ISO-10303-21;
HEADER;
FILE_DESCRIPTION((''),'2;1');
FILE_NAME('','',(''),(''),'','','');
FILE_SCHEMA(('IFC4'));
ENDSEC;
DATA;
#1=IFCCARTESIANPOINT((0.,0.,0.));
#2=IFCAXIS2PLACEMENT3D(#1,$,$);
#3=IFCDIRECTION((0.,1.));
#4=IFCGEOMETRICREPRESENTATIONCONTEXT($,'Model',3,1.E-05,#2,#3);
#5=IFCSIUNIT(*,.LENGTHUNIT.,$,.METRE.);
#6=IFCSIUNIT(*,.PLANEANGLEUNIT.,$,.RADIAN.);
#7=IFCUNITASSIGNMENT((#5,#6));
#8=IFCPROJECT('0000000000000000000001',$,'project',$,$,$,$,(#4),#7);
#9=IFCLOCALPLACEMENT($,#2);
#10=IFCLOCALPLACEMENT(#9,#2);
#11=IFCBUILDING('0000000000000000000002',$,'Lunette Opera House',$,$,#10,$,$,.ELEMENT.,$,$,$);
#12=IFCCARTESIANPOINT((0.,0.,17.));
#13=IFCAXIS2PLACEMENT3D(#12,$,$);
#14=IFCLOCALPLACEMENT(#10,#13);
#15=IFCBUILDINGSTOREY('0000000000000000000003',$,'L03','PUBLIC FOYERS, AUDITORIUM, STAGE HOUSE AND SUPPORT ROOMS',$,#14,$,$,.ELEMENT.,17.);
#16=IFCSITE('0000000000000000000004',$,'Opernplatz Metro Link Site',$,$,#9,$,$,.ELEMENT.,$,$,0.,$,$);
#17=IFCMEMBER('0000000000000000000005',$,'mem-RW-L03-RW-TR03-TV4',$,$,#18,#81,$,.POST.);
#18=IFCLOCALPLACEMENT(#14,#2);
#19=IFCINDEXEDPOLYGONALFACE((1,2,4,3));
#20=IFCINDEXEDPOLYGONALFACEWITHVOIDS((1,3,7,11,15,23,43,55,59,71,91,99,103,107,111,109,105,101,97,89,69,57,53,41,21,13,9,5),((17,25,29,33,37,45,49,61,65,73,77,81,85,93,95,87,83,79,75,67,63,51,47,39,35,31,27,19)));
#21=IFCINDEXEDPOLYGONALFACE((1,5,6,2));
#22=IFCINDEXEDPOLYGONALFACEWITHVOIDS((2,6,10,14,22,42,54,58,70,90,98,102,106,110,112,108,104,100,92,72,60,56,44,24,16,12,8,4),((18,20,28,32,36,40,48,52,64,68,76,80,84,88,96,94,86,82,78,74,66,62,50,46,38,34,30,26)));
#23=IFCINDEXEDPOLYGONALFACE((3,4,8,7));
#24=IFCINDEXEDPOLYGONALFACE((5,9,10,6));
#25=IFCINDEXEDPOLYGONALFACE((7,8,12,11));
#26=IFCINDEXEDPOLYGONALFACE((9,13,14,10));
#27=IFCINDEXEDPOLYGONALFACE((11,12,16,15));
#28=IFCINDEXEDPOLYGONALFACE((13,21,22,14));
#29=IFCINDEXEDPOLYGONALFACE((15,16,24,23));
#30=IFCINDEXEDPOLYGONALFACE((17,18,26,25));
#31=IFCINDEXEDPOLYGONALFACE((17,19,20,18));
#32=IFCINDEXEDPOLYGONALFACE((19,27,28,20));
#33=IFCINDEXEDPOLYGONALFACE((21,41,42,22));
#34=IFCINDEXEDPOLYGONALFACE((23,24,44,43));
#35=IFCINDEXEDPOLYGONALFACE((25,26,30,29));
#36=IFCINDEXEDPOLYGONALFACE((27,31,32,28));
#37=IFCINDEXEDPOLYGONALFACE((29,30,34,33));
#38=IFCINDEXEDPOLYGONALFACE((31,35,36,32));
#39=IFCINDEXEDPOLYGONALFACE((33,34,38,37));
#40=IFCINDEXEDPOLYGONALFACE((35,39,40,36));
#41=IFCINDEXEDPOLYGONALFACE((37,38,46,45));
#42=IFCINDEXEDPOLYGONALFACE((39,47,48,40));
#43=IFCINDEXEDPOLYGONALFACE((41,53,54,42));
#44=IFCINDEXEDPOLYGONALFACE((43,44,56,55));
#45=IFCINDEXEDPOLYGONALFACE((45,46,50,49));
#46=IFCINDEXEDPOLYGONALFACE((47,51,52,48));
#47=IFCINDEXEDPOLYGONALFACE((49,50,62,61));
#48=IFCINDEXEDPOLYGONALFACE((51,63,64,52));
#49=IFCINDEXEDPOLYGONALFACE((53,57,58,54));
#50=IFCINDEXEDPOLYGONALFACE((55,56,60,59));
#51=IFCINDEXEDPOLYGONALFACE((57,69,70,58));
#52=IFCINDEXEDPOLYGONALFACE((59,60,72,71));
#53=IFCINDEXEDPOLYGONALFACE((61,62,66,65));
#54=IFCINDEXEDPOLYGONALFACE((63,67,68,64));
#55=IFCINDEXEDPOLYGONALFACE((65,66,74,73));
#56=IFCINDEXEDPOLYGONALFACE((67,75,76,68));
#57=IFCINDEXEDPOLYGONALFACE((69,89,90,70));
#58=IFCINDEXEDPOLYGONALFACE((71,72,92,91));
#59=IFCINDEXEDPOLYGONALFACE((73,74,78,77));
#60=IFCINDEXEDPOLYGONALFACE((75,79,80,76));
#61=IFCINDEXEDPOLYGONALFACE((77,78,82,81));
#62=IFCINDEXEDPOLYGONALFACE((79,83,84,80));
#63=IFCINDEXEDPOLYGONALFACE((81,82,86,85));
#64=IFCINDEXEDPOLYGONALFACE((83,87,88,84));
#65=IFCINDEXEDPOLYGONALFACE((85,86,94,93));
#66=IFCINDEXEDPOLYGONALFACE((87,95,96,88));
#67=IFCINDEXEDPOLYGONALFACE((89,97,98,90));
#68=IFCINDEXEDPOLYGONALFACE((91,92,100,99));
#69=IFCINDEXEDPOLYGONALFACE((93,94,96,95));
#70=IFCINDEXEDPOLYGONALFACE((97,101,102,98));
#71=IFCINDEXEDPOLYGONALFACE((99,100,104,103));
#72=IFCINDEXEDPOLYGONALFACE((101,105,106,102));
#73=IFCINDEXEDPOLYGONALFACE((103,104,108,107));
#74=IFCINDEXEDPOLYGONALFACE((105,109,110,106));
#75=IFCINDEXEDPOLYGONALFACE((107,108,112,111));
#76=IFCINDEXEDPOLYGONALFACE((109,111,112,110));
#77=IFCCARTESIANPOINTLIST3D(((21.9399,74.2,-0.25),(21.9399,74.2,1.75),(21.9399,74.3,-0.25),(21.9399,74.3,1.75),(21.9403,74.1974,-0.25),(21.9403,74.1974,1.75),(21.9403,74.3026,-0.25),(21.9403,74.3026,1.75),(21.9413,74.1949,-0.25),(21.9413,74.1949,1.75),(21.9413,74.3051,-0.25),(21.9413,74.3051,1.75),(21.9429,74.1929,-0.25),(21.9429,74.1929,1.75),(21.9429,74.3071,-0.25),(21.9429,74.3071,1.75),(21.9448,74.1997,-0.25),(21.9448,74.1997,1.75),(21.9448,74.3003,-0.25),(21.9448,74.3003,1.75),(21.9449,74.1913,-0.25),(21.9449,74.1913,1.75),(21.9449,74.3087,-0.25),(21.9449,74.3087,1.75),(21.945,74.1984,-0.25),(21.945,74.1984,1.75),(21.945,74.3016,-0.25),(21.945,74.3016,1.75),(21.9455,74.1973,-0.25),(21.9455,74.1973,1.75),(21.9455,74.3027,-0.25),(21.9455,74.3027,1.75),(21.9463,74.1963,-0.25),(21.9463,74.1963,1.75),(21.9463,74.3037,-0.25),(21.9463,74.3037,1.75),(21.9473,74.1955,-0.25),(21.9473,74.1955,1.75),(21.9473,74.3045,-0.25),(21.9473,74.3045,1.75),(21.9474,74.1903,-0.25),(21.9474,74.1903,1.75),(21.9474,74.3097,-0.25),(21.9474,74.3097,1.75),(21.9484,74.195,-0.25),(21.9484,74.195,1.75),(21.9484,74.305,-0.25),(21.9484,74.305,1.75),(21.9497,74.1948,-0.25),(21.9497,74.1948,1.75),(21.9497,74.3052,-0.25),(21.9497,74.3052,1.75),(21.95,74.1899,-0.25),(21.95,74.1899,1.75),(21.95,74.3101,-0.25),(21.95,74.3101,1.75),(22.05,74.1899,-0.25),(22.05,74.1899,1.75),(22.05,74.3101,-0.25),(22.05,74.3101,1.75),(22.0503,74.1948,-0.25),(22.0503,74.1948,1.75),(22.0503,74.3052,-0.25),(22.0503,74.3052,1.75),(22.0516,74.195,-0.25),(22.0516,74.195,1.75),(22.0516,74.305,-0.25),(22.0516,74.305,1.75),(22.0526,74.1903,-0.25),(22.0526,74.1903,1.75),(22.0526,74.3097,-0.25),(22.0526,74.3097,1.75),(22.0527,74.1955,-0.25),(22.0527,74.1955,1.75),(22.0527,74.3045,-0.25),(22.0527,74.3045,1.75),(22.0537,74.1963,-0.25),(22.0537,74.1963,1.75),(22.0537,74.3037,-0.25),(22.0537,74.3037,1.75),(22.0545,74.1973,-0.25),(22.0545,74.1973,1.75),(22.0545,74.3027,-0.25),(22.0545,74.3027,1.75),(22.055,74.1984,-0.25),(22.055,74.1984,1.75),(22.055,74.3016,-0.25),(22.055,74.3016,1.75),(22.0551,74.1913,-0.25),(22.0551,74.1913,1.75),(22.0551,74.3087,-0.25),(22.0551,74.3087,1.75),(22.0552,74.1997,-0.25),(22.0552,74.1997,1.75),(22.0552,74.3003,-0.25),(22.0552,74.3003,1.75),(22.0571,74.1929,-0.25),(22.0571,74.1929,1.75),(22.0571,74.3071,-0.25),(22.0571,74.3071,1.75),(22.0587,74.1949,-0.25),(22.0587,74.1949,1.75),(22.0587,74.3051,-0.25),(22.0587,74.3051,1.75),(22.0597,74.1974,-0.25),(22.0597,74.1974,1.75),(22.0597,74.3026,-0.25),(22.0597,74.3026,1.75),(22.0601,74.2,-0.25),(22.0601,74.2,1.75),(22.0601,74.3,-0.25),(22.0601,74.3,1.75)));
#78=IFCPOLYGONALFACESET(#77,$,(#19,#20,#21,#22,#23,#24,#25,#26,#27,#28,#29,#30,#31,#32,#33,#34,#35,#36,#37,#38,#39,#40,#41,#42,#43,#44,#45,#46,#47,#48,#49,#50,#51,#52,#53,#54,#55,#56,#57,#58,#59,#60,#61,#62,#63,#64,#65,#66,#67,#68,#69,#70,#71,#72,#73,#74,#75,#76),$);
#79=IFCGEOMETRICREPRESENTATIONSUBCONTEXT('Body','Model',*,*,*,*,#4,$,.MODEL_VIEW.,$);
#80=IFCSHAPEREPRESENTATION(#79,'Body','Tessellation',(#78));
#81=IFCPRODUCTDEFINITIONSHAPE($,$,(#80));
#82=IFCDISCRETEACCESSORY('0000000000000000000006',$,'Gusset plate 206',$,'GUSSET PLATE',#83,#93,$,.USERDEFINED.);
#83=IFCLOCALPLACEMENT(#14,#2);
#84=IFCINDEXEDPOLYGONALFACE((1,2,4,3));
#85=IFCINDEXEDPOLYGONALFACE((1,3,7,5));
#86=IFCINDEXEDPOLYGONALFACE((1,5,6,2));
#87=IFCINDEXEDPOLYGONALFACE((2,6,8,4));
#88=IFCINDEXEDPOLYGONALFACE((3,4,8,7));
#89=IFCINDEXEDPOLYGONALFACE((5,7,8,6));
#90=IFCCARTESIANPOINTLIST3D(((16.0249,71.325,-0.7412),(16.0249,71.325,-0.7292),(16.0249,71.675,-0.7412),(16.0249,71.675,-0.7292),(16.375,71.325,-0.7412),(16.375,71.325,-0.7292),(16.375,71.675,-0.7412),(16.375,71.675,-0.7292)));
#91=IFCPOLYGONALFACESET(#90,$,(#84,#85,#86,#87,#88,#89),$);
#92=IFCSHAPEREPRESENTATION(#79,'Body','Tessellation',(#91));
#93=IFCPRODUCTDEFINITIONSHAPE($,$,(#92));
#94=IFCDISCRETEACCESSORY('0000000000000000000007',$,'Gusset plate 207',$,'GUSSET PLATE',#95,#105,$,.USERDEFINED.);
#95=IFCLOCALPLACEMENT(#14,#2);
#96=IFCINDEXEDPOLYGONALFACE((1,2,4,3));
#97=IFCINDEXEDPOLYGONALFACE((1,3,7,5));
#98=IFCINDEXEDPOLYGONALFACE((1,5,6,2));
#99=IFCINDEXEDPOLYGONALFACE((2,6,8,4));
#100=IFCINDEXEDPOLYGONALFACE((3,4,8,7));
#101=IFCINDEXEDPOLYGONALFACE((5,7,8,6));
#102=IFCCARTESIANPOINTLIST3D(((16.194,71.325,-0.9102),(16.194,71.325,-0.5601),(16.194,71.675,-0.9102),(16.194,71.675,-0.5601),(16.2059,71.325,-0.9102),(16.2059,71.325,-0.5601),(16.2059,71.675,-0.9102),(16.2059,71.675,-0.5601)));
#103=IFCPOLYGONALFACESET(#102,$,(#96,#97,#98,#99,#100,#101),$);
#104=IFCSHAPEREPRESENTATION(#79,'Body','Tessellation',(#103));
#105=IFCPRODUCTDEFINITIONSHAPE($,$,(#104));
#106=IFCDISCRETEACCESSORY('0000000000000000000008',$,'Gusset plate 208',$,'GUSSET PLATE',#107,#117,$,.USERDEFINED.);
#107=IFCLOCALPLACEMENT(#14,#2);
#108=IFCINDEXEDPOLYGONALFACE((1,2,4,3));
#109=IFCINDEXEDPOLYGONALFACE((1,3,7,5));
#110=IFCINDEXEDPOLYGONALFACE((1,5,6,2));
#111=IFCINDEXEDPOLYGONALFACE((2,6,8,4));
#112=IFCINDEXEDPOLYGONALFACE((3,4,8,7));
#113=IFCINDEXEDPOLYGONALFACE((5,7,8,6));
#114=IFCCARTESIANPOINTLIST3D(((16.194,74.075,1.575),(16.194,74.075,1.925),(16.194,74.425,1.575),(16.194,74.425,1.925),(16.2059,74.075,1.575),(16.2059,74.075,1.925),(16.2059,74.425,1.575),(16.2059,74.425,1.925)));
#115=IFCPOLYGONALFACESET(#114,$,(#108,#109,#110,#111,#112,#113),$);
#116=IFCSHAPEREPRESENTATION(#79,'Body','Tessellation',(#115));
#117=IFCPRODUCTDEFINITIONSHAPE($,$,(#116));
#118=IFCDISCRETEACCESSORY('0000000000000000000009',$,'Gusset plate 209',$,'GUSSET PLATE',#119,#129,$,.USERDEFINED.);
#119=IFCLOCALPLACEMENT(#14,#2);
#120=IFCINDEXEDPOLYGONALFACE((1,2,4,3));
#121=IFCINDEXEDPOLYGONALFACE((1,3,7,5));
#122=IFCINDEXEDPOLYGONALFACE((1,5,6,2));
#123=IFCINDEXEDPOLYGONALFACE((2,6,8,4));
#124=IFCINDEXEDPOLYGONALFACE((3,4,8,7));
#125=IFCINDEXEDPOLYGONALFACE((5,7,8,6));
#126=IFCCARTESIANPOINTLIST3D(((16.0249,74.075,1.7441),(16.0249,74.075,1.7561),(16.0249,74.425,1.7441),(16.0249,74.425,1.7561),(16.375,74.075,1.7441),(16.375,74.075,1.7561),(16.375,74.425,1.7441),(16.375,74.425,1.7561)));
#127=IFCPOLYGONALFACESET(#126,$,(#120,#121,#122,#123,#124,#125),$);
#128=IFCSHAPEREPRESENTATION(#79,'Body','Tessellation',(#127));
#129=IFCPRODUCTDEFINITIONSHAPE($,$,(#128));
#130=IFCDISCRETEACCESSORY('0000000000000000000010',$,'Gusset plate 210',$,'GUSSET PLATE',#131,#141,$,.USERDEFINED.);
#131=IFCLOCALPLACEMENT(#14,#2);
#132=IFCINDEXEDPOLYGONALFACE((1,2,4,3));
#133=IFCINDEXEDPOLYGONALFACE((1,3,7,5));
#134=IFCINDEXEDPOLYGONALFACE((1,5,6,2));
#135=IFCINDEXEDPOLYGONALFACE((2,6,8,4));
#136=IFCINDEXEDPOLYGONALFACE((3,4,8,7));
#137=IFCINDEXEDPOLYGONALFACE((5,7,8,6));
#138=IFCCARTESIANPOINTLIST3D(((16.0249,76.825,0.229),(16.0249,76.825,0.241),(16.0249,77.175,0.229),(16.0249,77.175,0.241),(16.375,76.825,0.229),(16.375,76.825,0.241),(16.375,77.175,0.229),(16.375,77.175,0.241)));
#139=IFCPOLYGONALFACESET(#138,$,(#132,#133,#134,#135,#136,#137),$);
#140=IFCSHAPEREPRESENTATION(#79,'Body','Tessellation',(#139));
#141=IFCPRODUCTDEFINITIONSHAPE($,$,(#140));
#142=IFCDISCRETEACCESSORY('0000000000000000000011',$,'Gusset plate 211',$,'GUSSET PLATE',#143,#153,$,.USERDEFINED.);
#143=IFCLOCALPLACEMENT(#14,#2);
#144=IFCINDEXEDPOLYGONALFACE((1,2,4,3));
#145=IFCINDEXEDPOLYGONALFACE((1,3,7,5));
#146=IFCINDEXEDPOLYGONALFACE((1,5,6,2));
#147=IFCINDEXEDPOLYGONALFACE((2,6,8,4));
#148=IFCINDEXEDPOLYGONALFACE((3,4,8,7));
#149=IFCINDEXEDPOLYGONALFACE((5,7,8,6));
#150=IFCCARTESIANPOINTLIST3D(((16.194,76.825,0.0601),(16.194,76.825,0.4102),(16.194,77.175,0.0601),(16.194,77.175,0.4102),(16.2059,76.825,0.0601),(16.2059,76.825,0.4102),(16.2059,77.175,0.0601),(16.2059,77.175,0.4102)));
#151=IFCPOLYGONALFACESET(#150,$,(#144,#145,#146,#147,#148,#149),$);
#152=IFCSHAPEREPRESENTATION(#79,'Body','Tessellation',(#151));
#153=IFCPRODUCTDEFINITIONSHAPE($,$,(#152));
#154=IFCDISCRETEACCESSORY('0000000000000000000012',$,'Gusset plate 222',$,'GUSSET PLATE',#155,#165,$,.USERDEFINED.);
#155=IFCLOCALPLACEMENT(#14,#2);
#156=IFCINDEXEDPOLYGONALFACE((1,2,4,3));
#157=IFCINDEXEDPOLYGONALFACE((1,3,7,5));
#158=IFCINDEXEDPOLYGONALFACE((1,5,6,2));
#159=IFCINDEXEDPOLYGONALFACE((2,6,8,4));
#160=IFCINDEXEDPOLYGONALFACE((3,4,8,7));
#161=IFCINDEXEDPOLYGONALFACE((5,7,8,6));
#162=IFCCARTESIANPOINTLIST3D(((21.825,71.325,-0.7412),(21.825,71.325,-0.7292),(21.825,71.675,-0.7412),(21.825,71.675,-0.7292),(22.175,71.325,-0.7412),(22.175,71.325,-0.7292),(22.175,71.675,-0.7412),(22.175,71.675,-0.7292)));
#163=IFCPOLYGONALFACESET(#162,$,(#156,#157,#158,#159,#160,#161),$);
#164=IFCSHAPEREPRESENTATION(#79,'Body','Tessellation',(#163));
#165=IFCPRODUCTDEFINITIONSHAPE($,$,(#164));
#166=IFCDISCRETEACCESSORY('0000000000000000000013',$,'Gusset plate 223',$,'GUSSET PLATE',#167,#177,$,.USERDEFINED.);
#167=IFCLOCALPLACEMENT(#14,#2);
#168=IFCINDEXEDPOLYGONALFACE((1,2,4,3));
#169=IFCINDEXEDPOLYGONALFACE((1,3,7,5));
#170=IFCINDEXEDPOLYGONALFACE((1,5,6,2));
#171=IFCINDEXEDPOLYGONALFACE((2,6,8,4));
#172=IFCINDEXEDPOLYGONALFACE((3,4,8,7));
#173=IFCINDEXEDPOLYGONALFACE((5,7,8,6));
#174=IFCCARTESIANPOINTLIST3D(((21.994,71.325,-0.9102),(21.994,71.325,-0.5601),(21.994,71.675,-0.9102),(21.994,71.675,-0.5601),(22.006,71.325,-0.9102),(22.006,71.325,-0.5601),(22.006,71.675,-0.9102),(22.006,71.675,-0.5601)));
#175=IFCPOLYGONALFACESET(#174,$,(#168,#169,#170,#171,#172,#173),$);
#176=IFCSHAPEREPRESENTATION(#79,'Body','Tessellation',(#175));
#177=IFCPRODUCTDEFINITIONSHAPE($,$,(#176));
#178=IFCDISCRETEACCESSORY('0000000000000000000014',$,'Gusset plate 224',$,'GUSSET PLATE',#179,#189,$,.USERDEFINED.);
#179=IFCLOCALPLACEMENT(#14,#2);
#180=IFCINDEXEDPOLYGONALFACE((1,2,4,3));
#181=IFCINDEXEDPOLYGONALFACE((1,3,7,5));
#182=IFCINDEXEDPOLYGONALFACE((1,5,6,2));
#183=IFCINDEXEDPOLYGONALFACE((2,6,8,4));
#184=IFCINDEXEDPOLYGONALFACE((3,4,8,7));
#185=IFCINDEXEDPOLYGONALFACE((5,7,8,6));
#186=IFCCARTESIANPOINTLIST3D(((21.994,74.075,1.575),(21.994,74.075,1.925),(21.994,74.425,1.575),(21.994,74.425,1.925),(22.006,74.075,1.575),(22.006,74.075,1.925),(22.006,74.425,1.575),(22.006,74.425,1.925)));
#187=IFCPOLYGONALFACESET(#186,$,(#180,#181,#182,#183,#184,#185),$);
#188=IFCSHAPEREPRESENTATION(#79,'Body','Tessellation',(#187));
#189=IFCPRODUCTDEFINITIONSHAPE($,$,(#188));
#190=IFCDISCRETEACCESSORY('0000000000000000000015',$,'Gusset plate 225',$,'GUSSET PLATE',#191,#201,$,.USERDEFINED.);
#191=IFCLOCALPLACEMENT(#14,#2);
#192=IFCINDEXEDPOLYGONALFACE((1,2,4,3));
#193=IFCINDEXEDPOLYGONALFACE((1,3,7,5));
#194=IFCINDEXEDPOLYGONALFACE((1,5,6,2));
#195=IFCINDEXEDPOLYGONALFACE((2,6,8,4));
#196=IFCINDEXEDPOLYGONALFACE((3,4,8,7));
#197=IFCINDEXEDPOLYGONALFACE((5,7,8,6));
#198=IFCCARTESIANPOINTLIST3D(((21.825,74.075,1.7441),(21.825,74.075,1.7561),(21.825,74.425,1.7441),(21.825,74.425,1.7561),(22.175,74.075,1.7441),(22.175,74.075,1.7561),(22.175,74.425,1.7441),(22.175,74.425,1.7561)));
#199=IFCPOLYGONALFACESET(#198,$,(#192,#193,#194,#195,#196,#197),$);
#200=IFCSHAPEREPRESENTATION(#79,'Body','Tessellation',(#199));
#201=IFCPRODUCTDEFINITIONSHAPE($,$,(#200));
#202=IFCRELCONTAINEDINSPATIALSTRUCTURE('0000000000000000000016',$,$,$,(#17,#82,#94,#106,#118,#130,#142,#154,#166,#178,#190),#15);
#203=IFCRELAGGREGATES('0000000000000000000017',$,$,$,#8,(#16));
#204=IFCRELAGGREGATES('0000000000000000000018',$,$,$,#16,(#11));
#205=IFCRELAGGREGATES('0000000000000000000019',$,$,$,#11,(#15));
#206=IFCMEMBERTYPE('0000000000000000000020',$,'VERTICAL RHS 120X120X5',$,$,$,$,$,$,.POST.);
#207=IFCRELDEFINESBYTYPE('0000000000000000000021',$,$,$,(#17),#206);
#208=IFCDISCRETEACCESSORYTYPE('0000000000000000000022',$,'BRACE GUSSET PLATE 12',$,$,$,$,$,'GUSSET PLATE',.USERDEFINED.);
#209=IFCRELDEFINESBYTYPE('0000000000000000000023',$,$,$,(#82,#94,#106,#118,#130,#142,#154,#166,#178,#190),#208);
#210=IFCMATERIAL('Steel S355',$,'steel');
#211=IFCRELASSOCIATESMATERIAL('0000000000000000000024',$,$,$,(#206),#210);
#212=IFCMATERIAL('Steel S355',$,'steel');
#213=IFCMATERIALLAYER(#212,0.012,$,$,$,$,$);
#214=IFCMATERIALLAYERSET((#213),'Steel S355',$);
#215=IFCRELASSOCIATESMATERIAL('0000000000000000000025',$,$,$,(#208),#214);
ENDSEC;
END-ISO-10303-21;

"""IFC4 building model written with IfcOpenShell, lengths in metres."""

from ifc_helpers import new_model, si_unit, direction, frame, origin, origin_2d, place, context, subcontext, project, spatial, rectangle, hollow_rectangle, extrude, material, layer, layer_set, material_profile, profile_set, type_object, element, save


model = new_model("IFC4")

# Units and contexts
model_context = context("Model", 3, precision=1e-05, world=origin(), true_north=direction((0.0, 1.0)))
body_context = subcontext(model_context, "Body", "Model", "MODEL_VIEW")
ifc_project = project(units=[si_unit("LENGTHUNIT", "METRE"), si_unit("PLANEANGLEUNIT", "RADIAN")], contexts=[model_context])

# Site, building, storey
site_placement = place(None, origin())
site = spatial("IfcSite", under=ifc_project, at=site_placement, Name="Opernplatz Metro Link Site", CompositionType="ELEMENT", RefElevation=0.0)
building_placement = place(site_placement, origin())
building = spatial("IfcBuilding", under=site, at=building_placement, Name="Lunette Opera House", CompositionType="ELEMENT")
storey_placement = place(building_placement, frame((0.0, 0.0, 17.0)))
storey = spatial("IfcBuildingStorey", under=building, at=storey_placement, Name="L03", Description="PUBLIC FOYERS, AUDITORIUM, STAGE HOUSE AND SUPPORT ROOMS", CompositionType="ELEMENT", Elevation=17.0)

# Member
ifc_material_1 = material(Name="Steel S355", Category="steel")
ifc_material_profile_1 = material_profile(ifc_material_1, hollow_rectangle(XDim=0.1201, YDim=0.1201, WallThickness=0.0049, InnerFilletRadius=0.0049, OuterFilletRadius=0.01, at=origin_2d()), Name="RHS 120X120X5")
ifc_profile_set_1 = profile_set([ifc_material_profile_1], Name="Steel S355")
member_type_1 = type_object("IfcMemberType", Name="VERTICAL RHS 120X120X5", PredefinedType="POST", material=ifc_profile_set_1)
for number, where, z_axis, x_axis, name in (
    (1, (22.0, 74.25, -0.25), (0.0, 0.0, 1.0), (1.0, 0.0, 0.0), "mem-RW-L03-RW-TR03-TV4"),
):
    element("IfcMember", number, at=place(storey_placement, frame(where, z_axis=z_axis, x_axis=x_axis)), inside=storey, type_object=member_type_1, Name=name, PredefinedType="POST", context=body_context, shape_type="SweptSolid", body=[
        extrude(hollow_rectangle(XDim=0.1201, YDim=0.1201, WallThickness=0.0049, InnerFilletRadius=0.0049, OuterFilletRadius=0.01, at=origin_2d()), origin(), (0.0, 0.0, 1.0), 2.0),
    ])

# Discrete accessories
ifc_material_2 = material(Name="Steel S355", Category="steel")
ifc_layer = layer(ifc_material_2, 0.012)
ifc_layer_set = layer_set([ifc_layer], Name="Steel S355")
discrete_accessory_type = type_object("IfcDiscreteAccessoryType", Name="BRACE GUSSET PLATE 12", ElementType="GUSSET PLATE", PredefinedType="USERDEFINED", material=ifc_layer_set)
discrete_accessory_1_placement = place(storey_placement, frame((16.2, 71.5, -0.7412), z_axis=(0.0, 0.0, 1.0), x_axis=(0.0, 1.0, 0.0)))
element("IfcDiscreteAccessory", 2, at=discrete_accessory_1_placement, inside=storey, type_object=discrete_accessory_type, Name="Gusset plate 206", ObjectType="GUSSET PLATE", PredefinedType="USERDEFINED", context=body_context, shape_type="SweptSolid", body=[
    extrude(rectangle(XDim=0.3501, YDim=0.3501, at=origin_2d()), origin(), (0.0, 0.0, 1.0), 0.012),
])
for number, where, z_axis, x_axis, name in (
    (3, (16.2, 71.5, -0.9102), (0.0, 0.0, 1.0), (0.0, 1.0, 0.0), "Gusset plate 207"),
    (4, (16.2, 74.25, 1.575), (0.0, 0.0, 1.0), (0.0, 1.0, 0.0), "Gusset plate 208"),
):
    element("IfcDiscreteAccessory", number, at=place(storey_placement, frame(where, z_axis=z_axis, x_axis=x_axis)), inside=storey, type_object=discrete_accessory_type, Name=name, ObjectType="GUSSET PLATE", PredefinedType="USERDEFINED", context=body_context, shape_type="SweptSolid", body=[
        extrude(rectangle(XDim=0.3501, YDim=0.012, at=origin_2d()), origin(), (0.0, 0.0, 1.0), 0.3501),
    ])
for number, where, z_axis, x_axis, name in (
    (5, (16.2, 74.25, 1.7441), (0.0, 0.0, 1.0), (0.0, 1.0, 0.0), "Gusset plate 209"),
    (6, (16.2, 77.0, 0.229), (0.0, 0.0, 1.0), (0.0, 1.0, 0.0), "Gusset plate 210"),
):
    element("IfcDiscreteAccessory", number, at=place(storey_placement, frame(where, z_axis=z_axis, x_axis=x_axis)), inside=storey, type_object=discrete_accessory_type, Name=name, ObjectType="GUSSET PLATE", PredefinedType="USERDEFINED", context=body_context, shape_type="SweptSolid", body=[
        extrude(rectangle(XDim=0.3501, YDim=0.3501, at=origin_2d()), origin(), (0.0, 0.0, 1.0), 0.012),
    ])
discrete_accessory_2_placement = place(storey_placement, frame((16.2, 77.0, 0.0601), z_axis=(0.0, 0.0, 1.0), x_axis=(0.0, 1.0, 0.0)))
element("IfcDiscreteAccessory", 7, at=discrete_accessory_2_placement, inside=storey, type_object=discrete_accessory_type, Name="Gusset plate 211", ObjectType="GUSSET PLATE", PredefinedType="USERDEFINED", context=body_context, shape_type="SweptSolid", body=[
    extrude(rectangle(XDim=0.3501, YDim=0.012, at=origin_2d()), origin(), (0.0, 0.0, 1.0), 0.3501),
])
discrete_accessory_3_placement = place(storey_placement, frame((22.0, 71.5, -0.7412), z_axis=(0.0, 0.0, 1.0), x_axis=(0.0, 1.0, 0.0)))
element("IfcDiscreteAccessory", 8, at=discrete_accessory_3_placement, inside=storey, type_object=discrete_accessory_type, Name="Gusset plate 222", ObjectType="GUSSET PLATE", PredefinedType="USERDEFINED", context=body_context, shape_type="SweptSolid", body=[
    extrude(rectangle(XDim=0.3501, YDim=0.3501, at=origin_2d()), origin(), (0.0, 0.0, 1.0), 0.012),
])
for number, where, z_axis, x_axis, name in (
    (9, (22.0, 71.5, -0.9102), (0.0, 0.0, 1.0), (0.0, 1.0, 0.0), "Gusset plate 223"),
    (10, (22.0, 74.25, 1.575), (0.0, 0.0, 1.0), (0.0, 1.0, 0.0), "Gusset plate 224"),
):
    element("IfcDiscreteAccessory", number, at=place(storey_placement, frame(where, z_axis=z_axis, x_axis=x_axis)), inside=storey, type_object=discrete_accessory_type, Name=name, ObjectType="GUSSET PLATE", PredefinedType="USERDEFINED", context=body_context, shape_type="SweptSolid", body=[
        extrude(rectangle(XDim=0.3501, YDim=0.012, at=origin_2d()), origin(), (0.0, 0.0, 1.0), 0.3501),
    ])
discrete_accessory_4_placement = place(storey_placement, frame((22.0, 74.25, 1.7441), z_axis=(0.0, 0.0, 1.0), x_axis=(0.0, 1.0, 0.0)))
element("IfcDiscreteAccessory", 11, at=discrete_accessory_4_placement, inside=storey, type_object=discrete_accessory_type, Name="Gusset plate 225", ObjectType="GUSSET PLATE", PredefinedType="USERDEFINED", context=body_context, shape_type="SweptSolid", body=[
    extrude(rectangle(XDim=0.3501, YDim=0.3501, at=origin_2d()), origin(), (0.0, 0.0, 1.0), 0.012),
])

save(model, "model.ifc")
